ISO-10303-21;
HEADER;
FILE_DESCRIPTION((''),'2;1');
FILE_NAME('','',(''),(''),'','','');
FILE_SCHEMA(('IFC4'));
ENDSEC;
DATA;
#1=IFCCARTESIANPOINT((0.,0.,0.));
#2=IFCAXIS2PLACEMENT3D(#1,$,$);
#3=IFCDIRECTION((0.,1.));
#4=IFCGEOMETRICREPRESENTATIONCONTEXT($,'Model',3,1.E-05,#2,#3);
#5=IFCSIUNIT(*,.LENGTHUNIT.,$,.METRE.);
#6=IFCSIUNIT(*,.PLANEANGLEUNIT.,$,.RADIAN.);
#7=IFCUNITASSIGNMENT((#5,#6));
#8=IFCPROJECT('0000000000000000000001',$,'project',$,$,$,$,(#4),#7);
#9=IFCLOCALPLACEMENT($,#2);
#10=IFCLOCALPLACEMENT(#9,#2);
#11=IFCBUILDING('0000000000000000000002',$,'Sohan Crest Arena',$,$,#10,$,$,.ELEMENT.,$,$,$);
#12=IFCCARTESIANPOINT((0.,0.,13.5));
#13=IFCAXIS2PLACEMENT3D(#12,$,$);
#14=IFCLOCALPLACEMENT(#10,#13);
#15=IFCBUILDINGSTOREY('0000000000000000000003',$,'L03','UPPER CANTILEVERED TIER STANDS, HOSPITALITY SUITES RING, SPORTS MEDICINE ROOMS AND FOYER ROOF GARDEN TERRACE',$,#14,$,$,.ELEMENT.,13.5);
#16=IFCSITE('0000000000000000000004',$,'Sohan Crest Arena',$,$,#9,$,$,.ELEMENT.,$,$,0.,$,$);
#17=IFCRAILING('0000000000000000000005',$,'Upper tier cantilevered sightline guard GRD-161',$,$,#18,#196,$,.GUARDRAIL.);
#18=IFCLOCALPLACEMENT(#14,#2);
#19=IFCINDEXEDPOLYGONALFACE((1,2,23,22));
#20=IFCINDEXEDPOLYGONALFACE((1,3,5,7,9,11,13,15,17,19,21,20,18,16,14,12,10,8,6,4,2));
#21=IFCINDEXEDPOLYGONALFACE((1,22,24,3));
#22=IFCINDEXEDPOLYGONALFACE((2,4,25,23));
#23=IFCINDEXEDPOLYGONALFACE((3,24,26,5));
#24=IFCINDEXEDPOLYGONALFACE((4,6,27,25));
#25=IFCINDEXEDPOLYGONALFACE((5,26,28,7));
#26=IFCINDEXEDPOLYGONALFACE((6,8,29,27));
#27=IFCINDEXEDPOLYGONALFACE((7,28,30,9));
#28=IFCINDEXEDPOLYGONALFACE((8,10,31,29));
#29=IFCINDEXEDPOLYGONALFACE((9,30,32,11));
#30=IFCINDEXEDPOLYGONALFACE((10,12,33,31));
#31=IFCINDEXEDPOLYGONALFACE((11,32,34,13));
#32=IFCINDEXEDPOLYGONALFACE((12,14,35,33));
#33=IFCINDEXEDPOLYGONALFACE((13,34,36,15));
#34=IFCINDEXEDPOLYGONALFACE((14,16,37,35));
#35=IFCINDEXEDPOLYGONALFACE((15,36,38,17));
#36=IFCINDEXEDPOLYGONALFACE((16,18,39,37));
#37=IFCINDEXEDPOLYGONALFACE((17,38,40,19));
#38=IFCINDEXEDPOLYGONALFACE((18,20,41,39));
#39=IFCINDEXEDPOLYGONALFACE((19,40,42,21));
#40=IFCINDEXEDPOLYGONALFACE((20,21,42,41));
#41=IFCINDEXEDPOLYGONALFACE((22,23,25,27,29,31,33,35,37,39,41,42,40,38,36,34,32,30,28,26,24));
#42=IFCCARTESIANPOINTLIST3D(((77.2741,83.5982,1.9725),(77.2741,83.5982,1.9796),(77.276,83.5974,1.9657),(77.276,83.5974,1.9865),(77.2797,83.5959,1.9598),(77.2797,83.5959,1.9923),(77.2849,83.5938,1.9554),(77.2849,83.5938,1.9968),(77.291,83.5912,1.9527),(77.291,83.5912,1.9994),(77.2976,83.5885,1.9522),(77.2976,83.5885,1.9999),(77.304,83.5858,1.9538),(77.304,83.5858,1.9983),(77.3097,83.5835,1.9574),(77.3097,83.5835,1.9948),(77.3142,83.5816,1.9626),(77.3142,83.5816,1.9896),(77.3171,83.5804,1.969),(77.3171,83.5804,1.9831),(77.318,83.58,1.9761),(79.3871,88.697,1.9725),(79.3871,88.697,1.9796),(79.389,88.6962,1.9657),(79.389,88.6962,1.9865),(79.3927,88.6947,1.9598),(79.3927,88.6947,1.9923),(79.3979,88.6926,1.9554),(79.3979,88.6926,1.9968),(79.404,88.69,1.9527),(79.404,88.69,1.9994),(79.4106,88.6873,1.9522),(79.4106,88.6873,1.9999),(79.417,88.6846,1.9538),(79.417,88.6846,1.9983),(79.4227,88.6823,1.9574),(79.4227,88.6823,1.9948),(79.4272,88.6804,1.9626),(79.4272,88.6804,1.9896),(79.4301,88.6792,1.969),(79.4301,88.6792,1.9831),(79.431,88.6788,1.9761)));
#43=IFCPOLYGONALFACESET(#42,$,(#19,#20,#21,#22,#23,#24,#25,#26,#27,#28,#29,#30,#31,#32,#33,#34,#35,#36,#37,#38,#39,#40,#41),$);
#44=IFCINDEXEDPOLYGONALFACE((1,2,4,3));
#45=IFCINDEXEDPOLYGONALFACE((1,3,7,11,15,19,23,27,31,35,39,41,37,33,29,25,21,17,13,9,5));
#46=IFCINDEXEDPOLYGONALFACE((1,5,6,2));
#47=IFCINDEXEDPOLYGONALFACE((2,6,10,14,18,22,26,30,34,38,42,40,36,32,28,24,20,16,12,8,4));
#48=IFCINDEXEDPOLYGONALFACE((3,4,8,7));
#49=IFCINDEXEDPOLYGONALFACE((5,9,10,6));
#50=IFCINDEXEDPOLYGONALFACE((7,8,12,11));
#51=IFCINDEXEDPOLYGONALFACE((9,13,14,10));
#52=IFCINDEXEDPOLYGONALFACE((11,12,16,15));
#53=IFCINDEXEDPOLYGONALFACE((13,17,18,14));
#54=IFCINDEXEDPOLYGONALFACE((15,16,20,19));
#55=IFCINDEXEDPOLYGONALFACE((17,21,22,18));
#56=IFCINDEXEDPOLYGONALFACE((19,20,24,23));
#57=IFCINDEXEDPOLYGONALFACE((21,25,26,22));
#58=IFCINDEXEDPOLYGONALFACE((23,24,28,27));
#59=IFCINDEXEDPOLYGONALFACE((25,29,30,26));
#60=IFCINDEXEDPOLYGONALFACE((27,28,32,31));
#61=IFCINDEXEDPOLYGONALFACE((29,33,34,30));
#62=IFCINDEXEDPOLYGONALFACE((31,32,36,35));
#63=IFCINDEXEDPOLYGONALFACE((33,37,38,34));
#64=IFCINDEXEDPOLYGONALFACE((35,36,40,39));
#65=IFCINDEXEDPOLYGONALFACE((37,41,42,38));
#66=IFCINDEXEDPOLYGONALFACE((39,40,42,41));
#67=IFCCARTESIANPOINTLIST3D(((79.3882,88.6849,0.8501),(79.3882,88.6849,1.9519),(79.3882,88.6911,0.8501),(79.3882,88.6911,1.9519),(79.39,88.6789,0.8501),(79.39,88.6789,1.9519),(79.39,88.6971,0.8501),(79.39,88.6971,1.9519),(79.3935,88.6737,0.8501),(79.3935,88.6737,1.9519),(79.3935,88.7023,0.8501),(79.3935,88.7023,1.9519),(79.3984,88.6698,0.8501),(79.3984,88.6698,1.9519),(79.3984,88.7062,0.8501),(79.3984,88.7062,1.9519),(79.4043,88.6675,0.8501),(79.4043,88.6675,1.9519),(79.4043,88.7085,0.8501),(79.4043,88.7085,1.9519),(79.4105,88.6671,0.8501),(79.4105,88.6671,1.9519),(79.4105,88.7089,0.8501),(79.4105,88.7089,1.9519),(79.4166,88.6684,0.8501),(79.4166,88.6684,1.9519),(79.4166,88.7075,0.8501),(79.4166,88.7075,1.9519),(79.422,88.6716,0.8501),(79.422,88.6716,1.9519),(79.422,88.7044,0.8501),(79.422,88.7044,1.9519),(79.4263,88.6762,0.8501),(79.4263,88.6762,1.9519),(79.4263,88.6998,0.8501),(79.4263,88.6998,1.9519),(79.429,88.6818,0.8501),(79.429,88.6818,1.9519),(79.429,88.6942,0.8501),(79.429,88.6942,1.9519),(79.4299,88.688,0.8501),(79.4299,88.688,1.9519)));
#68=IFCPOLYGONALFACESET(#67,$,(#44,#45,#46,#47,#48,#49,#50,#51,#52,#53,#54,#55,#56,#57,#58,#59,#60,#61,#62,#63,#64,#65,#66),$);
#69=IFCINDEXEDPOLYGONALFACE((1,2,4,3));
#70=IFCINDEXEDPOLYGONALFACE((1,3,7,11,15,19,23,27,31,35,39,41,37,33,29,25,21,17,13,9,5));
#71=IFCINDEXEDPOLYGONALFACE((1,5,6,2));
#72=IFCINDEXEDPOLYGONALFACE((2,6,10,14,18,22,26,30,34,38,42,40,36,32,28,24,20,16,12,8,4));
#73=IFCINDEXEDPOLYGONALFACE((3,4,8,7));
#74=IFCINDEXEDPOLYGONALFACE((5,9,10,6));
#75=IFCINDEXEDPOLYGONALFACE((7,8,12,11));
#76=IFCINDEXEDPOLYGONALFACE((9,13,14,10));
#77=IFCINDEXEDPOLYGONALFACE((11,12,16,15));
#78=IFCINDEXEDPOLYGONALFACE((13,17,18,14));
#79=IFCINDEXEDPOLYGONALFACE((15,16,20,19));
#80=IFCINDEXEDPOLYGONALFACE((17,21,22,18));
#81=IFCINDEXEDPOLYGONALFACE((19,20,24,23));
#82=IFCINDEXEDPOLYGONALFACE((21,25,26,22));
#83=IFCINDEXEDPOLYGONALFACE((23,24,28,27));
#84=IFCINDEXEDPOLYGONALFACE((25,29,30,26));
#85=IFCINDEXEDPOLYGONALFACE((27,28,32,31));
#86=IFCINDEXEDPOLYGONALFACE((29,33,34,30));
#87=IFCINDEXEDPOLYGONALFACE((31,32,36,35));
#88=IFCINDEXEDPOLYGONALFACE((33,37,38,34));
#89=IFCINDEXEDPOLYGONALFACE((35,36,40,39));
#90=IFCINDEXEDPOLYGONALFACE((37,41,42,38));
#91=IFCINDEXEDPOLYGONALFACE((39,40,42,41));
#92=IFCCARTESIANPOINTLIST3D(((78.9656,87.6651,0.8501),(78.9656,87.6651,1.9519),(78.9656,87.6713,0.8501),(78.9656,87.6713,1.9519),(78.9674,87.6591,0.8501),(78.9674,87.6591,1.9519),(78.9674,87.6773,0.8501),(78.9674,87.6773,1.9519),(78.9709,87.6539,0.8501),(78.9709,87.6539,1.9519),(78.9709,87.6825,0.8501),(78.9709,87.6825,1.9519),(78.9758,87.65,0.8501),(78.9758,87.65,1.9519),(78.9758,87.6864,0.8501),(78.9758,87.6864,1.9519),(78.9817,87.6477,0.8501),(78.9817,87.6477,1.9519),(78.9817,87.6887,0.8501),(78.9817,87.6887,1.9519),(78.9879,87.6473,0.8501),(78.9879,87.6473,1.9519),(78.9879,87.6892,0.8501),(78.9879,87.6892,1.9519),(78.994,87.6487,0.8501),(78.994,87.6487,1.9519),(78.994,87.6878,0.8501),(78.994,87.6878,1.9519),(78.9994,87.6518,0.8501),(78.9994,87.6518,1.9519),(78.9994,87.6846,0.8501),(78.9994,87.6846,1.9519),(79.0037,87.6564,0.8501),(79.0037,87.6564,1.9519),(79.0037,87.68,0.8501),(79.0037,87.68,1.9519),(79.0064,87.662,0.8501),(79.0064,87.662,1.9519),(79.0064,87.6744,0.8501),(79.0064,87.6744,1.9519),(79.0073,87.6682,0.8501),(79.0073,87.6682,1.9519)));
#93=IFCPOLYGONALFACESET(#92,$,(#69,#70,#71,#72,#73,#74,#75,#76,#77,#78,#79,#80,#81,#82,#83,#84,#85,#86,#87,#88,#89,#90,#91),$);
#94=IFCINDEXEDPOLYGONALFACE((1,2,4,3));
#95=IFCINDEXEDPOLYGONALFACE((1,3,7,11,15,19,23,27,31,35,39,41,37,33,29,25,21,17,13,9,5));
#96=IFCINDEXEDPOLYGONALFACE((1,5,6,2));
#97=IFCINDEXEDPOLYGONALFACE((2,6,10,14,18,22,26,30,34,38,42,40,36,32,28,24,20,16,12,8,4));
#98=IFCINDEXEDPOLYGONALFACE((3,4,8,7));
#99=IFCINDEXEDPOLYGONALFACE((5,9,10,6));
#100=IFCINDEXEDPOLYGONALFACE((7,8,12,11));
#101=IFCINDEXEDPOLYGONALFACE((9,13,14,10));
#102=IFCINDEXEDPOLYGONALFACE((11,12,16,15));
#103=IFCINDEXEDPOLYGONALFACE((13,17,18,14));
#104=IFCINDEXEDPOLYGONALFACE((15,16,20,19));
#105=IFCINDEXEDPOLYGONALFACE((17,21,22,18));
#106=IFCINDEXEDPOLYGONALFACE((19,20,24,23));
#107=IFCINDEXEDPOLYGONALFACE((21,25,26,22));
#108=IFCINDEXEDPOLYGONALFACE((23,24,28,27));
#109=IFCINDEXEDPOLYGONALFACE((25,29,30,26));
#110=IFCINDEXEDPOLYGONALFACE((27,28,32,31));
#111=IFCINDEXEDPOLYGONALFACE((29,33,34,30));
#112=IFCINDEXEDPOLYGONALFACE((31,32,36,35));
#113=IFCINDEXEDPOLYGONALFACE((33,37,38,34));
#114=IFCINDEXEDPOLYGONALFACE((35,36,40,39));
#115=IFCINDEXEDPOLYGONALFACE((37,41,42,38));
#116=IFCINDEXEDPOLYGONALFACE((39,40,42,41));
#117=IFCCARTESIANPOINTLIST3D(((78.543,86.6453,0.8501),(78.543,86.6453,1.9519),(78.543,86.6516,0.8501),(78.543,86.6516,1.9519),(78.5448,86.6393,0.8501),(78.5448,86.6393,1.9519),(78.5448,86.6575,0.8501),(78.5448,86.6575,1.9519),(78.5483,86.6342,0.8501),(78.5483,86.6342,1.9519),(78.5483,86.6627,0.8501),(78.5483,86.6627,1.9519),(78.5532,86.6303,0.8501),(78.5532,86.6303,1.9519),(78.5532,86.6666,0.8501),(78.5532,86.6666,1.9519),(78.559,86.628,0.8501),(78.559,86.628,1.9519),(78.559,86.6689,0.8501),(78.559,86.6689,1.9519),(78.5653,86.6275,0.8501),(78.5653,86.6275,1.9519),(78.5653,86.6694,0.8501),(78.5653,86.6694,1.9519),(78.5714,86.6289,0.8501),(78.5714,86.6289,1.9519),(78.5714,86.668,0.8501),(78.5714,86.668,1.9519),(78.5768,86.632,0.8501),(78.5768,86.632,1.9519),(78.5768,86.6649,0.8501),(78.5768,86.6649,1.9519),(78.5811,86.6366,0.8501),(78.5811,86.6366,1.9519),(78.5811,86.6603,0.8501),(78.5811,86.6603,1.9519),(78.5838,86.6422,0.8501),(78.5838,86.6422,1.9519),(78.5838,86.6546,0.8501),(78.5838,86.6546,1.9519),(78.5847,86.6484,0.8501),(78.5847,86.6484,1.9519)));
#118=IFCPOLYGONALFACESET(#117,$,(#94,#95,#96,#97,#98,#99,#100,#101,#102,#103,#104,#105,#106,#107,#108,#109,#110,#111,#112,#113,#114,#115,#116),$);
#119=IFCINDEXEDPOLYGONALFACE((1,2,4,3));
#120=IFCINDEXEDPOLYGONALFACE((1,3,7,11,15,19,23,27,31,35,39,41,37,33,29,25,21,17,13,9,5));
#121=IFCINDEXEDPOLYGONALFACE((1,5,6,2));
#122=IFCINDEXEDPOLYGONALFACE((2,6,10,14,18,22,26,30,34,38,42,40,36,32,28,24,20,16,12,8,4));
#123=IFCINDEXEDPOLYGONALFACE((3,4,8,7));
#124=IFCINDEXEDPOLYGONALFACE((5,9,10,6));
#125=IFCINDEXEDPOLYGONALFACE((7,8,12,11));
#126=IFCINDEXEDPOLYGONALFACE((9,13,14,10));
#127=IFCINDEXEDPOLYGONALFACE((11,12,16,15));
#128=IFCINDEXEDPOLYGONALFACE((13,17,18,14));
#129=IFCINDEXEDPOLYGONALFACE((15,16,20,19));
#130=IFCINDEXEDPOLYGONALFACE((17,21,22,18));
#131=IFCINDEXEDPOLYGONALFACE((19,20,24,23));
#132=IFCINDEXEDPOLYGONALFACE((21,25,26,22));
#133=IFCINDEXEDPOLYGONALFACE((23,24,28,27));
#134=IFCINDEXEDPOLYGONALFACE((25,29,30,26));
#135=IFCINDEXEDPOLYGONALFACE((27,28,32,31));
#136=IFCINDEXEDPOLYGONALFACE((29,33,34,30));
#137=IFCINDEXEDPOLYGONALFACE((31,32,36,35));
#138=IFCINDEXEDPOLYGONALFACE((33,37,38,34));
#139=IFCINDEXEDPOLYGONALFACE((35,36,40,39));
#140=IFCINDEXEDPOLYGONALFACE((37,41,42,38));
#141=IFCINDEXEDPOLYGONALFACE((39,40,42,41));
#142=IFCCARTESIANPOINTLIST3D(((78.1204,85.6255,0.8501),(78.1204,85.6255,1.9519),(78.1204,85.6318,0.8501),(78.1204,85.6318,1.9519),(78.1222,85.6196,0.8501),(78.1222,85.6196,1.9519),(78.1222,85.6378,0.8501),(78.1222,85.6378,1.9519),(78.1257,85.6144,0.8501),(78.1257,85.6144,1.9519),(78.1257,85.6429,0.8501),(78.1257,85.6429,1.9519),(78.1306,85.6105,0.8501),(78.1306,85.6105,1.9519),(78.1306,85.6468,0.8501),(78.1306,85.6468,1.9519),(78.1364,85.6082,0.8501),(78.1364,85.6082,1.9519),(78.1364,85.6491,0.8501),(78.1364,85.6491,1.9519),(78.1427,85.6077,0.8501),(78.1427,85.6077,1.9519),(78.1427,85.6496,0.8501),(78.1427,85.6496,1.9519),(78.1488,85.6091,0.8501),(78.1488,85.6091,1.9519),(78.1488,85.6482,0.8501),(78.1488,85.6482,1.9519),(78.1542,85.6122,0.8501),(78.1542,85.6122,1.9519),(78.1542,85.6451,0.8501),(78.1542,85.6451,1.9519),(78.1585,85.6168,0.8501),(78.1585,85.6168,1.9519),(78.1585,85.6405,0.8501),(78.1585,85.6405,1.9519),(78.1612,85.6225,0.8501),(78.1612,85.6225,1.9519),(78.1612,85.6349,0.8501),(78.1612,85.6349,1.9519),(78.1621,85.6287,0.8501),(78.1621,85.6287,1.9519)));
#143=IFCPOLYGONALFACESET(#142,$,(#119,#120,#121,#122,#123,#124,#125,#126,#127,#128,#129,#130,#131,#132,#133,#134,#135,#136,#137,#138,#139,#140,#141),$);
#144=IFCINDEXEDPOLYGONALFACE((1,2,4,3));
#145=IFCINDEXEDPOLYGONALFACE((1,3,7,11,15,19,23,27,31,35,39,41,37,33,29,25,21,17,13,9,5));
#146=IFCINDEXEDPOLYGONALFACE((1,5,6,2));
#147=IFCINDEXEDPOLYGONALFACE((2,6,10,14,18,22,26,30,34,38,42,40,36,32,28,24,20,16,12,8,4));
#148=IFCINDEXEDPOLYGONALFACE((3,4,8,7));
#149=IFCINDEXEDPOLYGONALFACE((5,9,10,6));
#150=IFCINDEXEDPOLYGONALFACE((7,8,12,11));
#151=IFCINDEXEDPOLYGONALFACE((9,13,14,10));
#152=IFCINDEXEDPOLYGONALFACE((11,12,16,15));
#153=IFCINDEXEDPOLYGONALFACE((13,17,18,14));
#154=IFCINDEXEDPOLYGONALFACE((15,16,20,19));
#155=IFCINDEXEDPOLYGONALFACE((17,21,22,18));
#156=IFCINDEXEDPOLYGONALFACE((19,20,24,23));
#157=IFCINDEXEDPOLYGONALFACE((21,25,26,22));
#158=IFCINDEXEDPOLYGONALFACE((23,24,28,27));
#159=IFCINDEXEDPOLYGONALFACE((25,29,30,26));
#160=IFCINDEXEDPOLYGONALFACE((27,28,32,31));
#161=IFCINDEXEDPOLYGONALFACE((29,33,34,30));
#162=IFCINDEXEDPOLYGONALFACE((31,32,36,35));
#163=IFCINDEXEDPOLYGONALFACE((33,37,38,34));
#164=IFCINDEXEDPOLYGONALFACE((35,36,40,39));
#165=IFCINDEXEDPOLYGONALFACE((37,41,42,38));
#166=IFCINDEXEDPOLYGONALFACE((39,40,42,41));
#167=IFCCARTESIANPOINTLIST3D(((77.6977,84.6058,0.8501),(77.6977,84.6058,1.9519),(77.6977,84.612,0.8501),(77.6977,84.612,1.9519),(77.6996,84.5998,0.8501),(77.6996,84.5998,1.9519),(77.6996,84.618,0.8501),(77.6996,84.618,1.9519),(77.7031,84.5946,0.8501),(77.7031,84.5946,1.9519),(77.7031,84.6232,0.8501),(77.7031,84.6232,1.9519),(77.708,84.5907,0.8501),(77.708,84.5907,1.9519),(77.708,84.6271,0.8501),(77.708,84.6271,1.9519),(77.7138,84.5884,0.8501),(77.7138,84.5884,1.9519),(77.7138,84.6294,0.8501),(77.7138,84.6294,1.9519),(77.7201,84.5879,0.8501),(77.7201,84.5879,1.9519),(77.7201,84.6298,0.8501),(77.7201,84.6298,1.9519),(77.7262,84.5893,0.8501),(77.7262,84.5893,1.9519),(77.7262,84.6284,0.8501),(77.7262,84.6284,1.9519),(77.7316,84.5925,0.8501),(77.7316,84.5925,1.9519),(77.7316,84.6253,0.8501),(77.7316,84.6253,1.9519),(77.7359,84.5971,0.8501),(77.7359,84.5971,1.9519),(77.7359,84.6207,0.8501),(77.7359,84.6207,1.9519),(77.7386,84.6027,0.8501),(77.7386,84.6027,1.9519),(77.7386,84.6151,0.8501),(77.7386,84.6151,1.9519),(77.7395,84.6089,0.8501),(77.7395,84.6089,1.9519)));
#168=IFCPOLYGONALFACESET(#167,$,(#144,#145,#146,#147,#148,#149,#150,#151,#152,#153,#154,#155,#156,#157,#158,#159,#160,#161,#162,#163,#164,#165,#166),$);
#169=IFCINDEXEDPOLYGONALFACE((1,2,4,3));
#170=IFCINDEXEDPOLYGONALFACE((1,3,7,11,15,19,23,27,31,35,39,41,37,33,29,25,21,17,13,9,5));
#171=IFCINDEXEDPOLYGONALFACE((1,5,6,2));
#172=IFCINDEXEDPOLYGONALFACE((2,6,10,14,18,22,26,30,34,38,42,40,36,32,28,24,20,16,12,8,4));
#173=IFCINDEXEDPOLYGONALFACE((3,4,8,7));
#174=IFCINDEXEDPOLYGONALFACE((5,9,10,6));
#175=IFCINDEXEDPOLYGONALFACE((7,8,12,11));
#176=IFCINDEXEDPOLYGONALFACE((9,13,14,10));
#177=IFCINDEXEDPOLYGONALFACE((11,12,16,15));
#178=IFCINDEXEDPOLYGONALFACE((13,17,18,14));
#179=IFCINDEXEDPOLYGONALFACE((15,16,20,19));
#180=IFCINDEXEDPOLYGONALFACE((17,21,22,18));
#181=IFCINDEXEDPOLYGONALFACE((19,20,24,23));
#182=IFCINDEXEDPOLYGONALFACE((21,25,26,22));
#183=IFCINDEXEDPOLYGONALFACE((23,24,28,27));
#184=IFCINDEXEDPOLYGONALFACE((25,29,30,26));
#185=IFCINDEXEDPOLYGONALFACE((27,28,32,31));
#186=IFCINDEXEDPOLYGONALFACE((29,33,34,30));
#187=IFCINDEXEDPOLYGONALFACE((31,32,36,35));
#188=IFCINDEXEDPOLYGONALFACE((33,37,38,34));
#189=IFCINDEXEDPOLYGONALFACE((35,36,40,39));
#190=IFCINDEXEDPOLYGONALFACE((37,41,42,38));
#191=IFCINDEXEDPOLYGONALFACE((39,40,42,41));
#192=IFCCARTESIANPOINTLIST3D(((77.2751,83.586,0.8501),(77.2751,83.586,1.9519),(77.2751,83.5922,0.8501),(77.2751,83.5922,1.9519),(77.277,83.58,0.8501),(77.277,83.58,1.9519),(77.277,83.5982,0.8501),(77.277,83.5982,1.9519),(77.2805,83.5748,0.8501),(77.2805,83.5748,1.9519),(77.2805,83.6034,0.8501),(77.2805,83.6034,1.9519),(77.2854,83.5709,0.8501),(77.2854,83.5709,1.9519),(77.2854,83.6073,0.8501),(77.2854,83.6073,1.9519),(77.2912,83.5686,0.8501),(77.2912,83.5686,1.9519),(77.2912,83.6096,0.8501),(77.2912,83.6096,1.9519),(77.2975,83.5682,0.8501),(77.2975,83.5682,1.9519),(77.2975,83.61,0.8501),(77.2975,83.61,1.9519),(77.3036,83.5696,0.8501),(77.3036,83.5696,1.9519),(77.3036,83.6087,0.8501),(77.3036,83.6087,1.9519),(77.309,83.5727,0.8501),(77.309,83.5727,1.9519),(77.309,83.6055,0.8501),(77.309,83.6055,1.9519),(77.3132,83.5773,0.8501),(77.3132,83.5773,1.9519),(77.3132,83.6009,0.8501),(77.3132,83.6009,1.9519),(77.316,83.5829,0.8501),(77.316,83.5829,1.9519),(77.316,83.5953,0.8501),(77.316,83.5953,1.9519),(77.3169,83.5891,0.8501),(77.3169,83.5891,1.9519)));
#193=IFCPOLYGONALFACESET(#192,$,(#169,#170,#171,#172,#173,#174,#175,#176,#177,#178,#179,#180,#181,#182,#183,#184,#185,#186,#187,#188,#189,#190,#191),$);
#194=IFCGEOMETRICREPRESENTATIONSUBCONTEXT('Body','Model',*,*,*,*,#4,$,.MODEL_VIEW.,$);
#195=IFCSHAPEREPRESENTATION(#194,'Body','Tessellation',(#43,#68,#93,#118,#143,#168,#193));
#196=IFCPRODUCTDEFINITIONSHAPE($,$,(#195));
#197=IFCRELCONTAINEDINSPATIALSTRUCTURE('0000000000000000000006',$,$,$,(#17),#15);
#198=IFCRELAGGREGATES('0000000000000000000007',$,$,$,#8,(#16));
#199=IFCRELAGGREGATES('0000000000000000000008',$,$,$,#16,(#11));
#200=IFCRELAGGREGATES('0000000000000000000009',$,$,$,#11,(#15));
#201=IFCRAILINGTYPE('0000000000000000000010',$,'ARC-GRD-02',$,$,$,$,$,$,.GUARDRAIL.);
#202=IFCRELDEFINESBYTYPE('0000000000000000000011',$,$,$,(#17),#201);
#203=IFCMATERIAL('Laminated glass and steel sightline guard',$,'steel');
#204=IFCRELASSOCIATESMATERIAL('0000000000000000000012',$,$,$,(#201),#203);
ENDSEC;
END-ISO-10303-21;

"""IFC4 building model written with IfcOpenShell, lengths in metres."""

from ifc_helpers import new_model, si_unit, direction, frame, origin, origin_2d, place, context, subcontext, project, spatial, circle, extrude, material, type_object, element, save


model = new_model("IFC4")

# Units and contexts
model_context = context("Model", 3, precision=1e-05, world=origin(), true_north=direction((0.0, 1.0)))
body_context = subcontext(model_context, "Body", "Model", "MODEL_VIEW")
ifc_project = project(units=[si_unit("LENGTHUNIT", "METRE"), si_unit("PLANEANGLEUNIT", "RADIAN")], contexts=[model_context])

# Site, building, storey
site_placement = place(None, origin())
site = spatial("IfcSite", under=ifc_project, at=site_placement, Name="Sohan Crest Arena", CompositionType="ELEMENT", RefElevation=0.0)
building_placement = place(site_placement, origin())
building = spatial("IfcBuilding", under=site, at=building_placement, Name="Sohan Crest Arena", CompositionType="ELEMENT")
storey_placement = place(building_placement, frame((0.0, 0.0, 13.5)))
storey = spatial("IfcBuildingStorey", under=building, at=storey_placement, Name="L03", Description="UPPER CANTILEVERED TIER STANDS, HOSPITALITY SUITES RING, SPORTS MEDICINE ROOMS AND FOYER ROOF GARDEN TERRACE", CompositionType="ELEMENT", Elevation=13.5)

# Railing
ifc_material_1 = material(Name="Laminated glass and steel sightline guard", Category="steel")
railing_type = type_object("IfcRailingType", Name="ARC-GRD-02", PredefinedType="GUARDRAIL", material=ifc_material_1)
railing_1_placement = place(storey_placement, frame((79.4089, 88.688, 0.8501)))
element("IfcRailing", 1, at=railing_1_placement, inside=storey, type_object=railing_type, Name="Upper tier cantilevered sightline guard GRD-161", PredefinedType="GUARDRAIL", context=body_context, shape_type="SweptSolid", body=[
    extrude(circle(Radius=0.0239, at=origin_2d()), frame((0.0, 0.0, 1.126), z_axis=(-0.38284, -0.923815, 0.0), x_axis=(0.923815, -0.38284, 0.0)), (0.0, 0.0, 1.0), 5.5193),
    extrude(circle(Radius=0.021, at=origin_2d()), origin(), (0.0, 0.0, 1.0), 1.1018),
    extrude(circle(Radius=0.021, at=origin_2d()), frame((-0.4226, -1.0198, 0.0)), (0.0, 0.0, 1.0), 1.1018),
    extrude(circle(Radius=0.021, at=origin_2d()), frame((-0.8452, -2.0396, 0.0)), (0.0, 0.0, 1.0), 1.1018),
    extrude(circle(Radius=0.021, at=origin_2d()), frame((-1.2678, -3.0593, 0.0)), (0.0, 0.0, 1.0), 1.1018),
    extrude(circle(Radius=0.021, at=origin_2d()), frame((-1.6904, -4.0791, 0.0)), (0.0, 0.0, 1.0), 1.1018),
    extrude(circle(Radius=0.021, at=origin_2d()), frame((-2.113, -5.0989, 0.0)), (0.0, 0.0, 1.0), 1.1018),
])

save(model, "model.ifc")
